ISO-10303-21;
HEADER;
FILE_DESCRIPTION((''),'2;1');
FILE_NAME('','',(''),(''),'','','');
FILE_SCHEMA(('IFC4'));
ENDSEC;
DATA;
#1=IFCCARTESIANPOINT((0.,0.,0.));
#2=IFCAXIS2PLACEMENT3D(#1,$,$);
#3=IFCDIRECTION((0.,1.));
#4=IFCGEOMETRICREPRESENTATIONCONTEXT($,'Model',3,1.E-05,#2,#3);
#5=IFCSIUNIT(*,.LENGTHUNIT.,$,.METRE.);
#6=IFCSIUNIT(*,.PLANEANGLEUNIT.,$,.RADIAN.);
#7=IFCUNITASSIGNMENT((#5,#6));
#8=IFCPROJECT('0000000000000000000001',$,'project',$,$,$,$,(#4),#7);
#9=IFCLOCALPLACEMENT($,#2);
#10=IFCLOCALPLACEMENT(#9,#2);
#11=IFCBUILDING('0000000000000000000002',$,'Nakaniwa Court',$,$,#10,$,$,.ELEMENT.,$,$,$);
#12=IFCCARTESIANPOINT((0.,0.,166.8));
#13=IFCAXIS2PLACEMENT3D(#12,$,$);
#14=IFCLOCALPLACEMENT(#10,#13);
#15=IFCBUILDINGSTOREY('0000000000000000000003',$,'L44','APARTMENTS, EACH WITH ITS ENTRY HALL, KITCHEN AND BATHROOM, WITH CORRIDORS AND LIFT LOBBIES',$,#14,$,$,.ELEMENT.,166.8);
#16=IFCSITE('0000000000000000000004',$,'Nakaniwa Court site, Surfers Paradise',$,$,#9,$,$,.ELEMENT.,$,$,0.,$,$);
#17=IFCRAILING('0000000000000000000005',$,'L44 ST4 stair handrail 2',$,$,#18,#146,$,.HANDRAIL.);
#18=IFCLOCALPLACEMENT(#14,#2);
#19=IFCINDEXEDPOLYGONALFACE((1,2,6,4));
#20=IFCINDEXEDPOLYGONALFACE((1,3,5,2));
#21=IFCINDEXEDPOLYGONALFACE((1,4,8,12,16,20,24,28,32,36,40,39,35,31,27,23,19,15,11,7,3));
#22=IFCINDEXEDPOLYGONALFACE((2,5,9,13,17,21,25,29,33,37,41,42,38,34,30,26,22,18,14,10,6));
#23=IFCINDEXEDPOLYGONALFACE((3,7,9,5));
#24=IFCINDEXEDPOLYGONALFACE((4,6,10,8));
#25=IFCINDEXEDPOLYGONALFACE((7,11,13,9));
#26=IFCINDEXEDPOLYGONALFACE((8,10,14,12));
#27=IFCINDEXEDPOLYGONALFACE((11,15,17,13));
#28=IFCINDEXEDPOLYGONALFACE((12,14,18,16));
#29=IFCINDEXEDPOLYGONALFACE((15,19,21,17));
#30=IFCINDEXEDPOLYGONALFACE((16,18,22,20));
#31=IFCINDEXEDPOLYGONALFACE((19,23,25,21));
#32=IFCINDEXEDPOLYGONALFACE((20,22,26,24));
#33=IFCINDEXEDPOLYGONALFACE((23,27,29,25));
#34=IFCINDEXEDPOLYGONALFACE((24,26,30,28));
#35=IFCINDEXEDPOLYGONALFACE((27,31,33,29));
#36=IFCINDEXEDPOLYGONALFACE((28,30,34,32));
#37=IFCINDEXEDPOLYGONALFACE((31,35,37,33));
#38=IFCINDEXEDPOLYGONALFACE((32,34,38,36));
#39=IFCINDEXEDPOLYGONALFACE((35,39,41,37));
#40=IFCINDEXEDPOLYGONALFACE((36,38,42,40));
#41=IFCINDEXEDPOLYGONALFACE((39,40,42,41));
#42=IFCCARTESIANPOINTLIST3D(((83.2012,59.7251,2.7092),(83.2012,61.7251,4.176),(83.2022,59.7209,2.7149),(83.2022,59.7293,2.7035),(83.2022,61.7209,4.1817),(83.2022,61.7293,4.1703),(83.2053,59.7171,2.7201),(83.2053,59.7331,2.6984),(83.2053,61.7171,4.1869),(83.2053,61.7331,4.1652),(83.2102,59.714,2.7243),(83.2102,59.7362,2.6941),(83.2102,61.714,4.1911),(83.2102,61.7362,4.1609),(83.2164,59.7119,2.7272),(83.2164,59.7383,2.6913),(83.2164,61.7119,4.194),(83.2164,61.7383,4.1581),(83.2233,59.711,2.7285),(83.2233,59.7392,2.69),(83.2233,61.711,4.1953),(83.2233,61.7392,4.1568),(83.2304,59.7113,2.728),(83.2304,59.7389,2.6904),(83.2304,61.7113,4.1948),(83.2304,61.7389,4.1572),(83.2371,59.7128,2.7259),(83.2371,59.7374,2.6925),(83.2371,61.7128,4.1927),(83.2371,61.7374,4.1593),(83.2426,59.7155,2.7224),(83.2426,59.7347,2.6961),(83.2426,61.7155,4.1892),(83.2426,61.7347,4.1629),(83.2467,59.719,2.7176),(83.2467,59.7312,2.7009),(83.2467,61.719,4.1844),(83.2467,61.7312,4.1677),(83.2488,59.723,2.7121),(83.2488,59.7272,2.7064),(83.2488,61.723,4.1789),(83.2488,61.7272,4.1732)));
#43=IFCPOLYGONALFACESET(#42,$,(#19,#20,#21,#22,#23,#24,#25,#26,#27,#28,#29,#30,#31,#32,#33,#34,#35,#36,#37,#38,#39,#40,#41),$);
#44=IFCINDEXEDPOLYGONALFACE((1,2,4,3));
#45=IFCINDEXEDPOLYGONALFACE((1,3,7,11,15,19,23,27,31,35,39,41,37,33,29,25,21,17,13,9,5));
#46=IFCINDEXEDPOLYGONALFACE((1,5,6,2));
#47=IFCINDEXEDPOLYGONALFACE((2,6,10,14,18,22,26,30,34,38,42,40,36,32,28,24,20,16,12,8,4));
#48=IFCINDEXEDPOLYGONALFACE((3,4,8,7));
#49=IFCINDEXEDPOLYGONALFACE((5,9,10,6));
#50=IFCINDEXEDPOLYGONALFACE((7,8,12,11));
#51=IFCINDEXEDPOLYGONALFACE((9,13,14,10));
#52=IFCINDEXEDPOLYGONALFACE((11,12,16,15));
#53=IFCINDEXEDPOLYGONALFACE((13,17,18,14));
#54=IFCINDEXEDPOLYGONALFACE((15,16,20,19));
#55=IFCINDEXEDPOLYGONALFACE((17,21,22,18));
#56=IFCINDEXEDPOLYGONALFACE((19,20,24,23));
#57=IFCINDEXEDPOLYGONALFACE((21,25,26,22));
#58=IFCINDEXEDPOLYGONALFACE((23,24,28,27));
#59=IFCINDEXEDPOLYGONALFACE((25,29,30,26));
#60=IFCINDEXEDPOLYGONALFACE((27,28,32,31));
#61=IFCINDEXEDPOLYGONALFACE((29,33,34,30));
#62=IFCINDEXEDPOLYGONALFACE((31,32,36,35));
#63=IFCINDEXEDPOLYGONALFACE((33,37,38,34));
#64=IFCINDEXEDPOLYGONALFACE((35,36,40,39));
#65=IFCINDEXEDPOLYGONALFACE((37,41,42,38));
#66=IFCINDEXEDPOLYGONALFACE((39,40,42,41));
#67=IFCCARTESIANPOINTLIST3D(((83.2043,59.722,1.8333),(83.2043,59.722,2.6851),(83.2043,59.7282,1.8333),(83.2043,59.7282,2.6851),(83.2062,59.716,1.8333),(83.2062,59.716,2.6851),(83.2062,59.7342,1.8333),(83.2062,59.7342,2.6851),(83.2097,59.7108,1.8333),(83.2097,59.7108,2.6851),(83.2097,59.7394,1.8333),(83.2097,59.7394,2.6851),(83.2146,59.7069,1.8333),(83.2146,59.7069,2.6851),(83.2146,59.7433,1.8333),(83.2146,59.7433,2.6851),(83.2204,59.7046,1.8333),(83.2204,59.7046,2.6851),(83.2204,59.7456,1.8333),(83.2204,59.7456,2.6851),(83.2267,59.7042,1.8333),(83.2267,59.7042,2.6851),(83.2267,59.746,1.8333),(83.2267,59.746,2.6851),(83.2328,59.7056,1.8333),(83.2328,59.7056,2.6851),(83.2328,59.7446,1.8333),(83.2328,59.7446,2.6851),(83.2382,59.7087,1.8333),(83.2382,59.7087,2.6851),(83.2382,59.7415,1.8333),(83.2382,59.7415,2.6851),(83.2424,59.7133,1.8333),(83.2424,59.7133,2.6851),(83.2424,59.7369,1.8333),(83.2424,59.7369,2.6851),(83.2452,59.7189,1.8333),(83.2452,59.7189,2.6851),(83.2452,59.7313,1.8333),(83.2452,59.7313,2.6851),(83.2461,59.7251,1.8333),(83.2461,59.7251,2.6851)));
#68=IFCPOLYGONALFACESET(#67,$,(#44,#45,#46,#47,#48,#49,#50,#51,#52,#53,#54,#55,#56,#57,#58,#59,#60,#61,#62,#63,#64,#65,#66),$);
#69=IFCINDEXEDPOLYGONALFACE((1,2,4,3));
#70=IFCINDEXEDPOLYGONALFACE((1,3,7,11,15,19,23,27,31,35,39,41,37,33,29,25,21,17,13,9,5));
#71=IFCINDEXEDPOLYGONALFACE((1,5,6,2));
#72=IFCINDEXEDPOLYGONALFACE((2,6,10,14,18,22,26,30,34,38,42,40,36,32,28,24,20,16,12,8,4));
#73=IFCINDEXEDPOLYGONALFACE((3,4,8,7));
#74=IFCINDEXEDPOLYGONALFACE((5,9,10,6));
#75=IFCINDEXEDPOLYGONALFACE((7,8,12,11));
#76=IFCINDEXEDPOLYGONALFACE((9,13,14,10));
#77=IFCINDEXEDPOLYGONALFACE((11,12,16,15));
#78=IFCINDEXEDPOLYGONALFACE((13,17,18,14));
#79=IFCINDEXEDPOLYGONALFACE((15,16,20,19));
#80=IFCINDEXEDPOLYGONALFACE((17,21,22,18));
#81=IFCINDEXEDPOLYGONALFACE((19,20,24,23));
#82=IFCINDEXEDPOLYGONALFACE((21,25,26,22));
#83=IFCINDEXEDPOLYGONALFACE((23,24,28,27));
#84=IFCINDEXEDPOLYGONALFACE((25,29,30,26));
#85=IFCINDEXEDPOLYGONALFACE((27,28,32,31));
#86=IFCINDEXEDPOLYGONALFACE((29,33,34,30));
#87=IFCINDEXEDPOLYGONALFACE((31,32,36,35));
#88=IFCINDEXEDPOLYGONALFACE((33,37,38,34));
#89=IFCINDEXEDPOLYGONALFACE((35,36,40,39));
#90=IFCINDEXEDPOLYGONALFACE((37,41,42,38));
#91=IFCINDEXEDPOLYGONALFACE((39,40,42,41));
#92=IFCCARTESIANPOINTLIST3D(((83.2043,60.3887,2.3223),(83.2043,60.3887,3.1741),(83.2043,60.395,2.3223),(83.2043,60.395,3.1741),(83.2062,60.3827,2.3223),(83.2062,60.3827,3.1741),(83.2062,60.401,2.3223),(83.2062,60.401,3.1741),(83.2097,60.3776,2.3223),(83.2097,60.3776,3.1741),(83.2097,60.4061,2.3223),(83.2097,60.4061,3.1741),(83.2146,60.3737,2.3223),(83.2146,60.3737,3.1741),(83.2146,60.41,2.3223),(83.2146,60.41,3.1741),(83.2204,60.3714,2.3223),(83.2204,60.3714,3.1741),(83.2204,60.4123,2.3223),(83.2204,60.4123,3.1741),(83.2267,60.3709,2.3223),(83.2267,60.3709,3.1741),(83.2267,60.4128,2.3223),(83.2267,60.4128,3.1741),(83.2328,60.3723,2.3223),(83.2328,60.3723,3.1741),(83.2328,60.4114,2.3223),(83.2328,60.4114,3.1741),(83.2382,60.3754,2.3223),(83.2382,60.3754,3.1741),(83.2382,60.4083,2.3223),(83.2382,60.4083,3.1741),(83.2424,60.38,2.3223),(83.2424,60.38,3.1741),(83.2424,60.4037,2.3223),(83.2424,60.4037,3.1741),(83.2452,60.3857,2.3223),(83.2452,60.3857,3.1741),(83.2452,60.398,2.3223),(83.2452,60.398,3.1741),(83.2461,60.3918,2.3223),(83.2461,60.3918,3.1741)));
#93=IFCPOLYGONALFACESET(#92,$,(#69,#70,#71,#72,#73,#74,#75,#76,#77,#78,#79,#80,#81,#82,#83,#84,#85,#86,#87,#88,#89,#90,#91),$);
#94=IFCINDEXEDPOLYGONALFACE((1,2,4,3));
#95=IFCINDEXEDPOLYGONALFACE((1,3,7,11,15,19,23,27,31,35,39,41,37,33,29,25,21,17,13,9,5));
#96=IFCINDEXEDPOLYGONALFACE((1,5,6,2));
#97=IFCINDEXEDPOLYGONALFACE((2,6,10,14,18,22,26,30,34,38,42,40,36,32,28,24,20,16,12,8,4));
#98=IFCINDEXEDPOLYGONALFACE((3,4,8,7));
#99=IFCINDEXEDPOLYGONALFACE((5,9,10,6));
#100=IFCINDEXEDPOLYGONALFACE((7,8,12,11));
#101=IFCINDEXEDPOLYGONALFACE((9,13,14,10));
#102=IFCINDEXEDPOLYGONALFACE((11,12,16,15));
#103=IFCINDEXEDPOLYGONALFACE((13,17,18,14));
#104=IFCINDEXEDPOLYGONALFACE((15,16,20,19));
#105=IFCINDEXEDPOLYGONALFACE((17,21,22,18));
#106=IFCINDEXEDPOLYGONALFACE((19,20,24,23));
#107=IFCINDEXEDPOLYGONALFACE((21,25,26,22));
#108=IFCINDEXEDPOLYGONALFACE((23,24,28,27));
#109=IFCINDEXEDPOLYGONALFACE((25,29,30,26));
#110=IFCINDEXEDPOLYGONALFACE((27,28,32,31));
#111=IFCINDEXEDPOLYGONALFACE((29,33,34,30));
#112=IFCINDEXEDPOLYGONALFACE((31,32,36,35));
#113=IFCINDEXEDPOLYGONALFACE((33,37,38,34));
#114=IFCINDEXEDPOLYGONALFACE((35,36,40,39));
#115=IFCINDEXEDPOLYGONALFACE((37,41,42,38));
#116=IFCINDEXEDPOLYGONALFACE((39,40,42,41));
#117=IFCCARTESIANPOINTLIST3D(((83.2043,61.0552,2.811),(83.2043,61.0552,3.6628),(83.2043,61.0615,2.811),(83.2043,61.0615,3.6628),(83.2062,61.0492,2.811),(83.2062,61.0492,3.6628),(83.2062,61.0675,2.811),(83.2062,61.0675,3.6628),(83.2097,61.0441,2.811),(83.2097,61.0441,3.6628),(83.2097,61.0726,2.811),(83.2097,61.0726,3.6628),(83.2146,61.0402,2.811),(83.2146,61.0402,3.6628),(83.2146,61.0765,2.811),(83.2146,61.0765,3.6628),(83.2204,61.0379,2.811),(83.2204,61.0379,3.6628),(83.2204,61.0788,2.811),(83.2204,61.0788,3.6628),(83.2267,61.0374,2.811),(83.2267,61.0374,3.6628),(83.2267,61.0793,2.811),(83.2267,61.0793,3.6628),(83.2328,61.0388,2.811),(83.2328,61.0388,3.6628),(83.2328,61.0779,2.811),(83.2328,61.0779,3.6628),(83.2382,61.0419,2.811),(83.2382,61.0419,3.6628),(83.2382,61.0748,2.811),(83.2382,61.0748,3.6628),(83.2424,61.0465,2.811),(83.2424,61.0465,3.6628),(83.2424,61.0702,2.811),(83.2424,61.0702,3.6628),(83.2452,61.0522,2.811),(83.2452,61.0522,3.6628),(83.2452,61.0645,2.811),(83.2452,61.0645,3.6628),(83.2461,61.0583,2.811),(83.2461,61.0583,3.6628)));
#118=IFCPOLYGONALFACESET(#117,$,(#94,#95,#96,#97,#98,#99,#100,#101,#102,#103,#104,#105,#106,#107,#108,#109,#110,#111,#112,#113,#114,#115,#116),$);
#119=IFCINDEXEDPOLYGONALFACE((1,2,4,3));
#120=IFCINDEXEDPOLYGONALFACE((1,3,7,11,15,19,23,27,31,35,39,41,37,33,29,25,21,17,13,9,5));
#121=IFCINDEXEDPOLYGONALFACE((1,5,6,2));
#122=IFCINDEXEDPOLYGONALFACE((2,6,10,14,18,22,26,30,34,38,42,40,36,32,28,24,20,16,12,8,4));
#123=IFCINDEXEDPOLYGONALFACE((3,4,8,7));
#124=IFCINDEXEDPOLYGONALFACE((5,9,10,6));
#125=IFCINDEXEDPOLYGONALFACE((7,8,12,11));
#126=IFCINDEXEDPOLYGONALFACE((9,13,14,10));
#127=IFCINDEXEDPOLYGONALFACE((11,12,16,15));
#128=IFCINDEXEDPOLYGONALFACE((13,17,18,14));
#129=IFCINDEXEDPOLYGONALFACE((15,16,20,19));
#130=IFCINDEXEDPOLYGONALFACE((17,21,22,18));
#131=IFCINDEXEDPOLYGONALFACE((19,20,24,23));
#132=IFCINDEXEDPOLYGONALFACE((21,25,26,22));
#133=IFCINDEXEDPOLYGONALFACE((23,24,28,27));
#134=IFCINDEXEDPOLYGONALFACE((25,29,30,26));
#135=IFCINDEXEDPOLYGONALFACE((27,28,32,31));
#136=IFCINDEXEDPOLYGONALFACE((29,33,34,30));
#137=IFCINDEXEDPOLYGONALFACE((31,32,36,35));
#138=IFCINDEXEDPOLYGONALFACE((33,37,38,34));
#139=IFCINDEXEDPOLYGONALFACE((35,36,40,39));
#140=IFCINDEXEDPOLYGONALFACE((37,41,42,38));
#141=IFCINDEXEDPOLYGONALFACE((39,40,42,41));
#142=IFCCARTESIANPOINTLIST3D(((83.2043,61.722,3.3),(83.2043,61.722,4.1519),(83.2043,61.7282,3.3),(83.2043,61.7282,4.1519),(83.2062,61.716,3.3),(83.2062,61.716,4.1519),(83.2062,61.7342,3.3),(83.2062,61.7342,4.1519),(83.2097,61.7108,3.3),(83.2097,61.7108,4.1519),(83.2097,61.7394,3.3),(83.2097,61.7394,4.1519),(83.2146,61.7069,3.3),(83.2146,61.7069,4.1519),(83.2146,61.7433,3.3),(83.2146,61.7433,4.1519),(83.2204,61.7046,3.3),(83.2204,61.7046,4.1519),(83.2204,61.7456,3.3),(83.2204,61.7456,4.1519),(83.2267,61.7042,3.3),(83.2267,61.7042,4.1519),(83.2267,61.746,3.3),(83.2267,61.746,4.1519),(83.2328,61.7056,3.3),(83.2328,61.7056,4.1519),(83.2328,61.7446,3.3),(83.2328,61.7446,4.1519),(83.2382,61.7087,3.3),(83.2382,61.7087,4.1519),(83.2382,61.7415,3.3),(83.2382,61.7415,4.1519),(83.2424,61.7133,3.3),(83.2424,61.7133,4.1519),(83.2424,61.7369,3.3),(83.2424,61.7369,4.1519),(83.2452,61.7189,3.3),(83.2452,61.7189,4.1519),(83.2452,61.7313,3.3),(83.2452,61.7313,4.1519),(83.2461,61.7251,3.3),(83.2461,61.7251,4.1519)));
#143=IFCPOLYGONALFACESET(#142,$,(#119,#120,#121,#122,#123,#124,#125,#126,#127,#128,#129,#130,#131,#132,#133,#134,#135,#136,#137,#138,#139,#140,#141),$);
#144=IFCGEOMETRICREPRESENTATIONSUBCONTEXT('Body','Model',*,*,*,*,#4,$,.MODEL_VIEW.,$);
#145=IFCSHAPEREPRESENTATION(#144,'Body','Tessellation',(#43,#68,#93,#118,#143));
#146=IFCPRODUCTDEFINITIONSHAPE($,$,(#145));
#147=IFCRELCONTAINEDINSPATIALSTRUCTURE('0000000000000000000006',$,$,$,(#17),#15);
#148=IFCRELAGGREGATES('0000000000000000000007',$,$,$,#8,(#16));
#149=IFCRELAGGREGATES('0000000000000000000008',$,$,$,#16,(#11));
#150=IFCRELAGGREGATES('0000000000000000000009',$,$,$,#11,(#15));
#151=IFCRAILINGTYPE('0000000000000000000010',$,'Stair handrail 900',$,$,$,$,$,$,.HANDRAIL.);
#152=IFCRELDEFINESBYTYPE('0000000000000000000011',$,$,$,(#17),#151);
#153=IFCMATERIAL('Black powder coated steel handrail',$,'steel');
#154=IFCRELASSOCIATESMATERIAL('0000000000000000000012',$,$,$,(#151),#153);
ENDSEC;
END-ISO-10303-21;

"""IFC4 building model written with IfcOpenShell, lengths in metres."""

from ifc_helpers import new_model, si_unit, direction, frame, origin, origin_2d, place, context, subcontext, project, spatial, circle, extrude, material, type_object, element, save


model = new_model("IFC4")

# Units and contexts
model_context = context("Model", 3, precision=1e-05, world=origin(), true_north=direction((0.0, 1.0)))
body_context = subcontext(model_context, "Body", "Model", "MODEL_VIEW")
ifc_project = project(units=[si_unit("LENGTHUNIT", "METRE"), si_unit("PLANEANGLEUNIT", "RADIAN")], contexts=[model_context])

# Site, building, storey
site_placement = place(None, origin())
site = spatial("IfcSite", under=ifc_project, at=site_placement, Name="Nakaniwa Court site, Surfers Paradise", CompositionType="ELEMENT", RefElevation=0.0)
building_placement = place(site_placement, origin())
building = spatial("IfcBuilding", under=site, at=building_placement, Name="Nakaniwa Court", CompositionType="ELEMENT")
storey_placement = place(building_placement, frame((0.0, 0.0, 166.8)))
storey = spatial("IfcBuildingStorey", under=building, at=storey_placement, Name="L44", Description="APARTMENTS, EACH WITH ITS ENTRY HALL, KITCHEN AND BATHROOM, WITH CORRIDORS AND LIFT LOBBIES", CompositionType="ELEMENT", Elevation=166.8)

# Railing
ifc_material_1 = material(Name="Black powder coated steel handrail", Category="steel")
railing_type_1 = type_object("IfcRailingType", Name="Stair handrail 900", PredefinedType="HANDRAIL", material=ifc_material_1)
railing_1_placement = place(storey_placement, frame((83.2251, 59.7251, 1.8333)))
element("IfcRailing", 1, at=railing_1_placement, inside=storey, type_object=railing_type_1, Name="L44 ST4 stair handrail 2", PredefinedType="HANDRAIL", context=body_context, shape_type="SweptSolid", body=[
    extrude(circle(Radius=0.0239, at=origin_2d()), frame((0.0, 0.0, 0.876), z_axis=(0.0, 0.80638, 0.591398), x_axis=(-1.0, 0.0, 0.0)), (0.0, 0.0, 1.0), 2.4802),
    extrude(circle(Radius=0.021, at=origin_2d()), origin(), (0.0, 0.0, 1.0), 0.8518),
    extrude(circle(Radius=0.021, at=origin_2d()), frame((0.0, 0.6667, 0.489)), (0.0, 0.0, 1.0), 0.8518),
    extrude(circle(Radius=0.021, at=origin_2d()), frame((0.0, 1.3333, 0.9778)), (0.0, 0.0, 1.0), 0.8518),
    extrude(circle(Radius=0.021, at=origin_2d()), frame((0.0, 2.0, 1.4668)), (0.0, 0.0, 1.0), 0.8518),
])

save(model, "model.ifc")
